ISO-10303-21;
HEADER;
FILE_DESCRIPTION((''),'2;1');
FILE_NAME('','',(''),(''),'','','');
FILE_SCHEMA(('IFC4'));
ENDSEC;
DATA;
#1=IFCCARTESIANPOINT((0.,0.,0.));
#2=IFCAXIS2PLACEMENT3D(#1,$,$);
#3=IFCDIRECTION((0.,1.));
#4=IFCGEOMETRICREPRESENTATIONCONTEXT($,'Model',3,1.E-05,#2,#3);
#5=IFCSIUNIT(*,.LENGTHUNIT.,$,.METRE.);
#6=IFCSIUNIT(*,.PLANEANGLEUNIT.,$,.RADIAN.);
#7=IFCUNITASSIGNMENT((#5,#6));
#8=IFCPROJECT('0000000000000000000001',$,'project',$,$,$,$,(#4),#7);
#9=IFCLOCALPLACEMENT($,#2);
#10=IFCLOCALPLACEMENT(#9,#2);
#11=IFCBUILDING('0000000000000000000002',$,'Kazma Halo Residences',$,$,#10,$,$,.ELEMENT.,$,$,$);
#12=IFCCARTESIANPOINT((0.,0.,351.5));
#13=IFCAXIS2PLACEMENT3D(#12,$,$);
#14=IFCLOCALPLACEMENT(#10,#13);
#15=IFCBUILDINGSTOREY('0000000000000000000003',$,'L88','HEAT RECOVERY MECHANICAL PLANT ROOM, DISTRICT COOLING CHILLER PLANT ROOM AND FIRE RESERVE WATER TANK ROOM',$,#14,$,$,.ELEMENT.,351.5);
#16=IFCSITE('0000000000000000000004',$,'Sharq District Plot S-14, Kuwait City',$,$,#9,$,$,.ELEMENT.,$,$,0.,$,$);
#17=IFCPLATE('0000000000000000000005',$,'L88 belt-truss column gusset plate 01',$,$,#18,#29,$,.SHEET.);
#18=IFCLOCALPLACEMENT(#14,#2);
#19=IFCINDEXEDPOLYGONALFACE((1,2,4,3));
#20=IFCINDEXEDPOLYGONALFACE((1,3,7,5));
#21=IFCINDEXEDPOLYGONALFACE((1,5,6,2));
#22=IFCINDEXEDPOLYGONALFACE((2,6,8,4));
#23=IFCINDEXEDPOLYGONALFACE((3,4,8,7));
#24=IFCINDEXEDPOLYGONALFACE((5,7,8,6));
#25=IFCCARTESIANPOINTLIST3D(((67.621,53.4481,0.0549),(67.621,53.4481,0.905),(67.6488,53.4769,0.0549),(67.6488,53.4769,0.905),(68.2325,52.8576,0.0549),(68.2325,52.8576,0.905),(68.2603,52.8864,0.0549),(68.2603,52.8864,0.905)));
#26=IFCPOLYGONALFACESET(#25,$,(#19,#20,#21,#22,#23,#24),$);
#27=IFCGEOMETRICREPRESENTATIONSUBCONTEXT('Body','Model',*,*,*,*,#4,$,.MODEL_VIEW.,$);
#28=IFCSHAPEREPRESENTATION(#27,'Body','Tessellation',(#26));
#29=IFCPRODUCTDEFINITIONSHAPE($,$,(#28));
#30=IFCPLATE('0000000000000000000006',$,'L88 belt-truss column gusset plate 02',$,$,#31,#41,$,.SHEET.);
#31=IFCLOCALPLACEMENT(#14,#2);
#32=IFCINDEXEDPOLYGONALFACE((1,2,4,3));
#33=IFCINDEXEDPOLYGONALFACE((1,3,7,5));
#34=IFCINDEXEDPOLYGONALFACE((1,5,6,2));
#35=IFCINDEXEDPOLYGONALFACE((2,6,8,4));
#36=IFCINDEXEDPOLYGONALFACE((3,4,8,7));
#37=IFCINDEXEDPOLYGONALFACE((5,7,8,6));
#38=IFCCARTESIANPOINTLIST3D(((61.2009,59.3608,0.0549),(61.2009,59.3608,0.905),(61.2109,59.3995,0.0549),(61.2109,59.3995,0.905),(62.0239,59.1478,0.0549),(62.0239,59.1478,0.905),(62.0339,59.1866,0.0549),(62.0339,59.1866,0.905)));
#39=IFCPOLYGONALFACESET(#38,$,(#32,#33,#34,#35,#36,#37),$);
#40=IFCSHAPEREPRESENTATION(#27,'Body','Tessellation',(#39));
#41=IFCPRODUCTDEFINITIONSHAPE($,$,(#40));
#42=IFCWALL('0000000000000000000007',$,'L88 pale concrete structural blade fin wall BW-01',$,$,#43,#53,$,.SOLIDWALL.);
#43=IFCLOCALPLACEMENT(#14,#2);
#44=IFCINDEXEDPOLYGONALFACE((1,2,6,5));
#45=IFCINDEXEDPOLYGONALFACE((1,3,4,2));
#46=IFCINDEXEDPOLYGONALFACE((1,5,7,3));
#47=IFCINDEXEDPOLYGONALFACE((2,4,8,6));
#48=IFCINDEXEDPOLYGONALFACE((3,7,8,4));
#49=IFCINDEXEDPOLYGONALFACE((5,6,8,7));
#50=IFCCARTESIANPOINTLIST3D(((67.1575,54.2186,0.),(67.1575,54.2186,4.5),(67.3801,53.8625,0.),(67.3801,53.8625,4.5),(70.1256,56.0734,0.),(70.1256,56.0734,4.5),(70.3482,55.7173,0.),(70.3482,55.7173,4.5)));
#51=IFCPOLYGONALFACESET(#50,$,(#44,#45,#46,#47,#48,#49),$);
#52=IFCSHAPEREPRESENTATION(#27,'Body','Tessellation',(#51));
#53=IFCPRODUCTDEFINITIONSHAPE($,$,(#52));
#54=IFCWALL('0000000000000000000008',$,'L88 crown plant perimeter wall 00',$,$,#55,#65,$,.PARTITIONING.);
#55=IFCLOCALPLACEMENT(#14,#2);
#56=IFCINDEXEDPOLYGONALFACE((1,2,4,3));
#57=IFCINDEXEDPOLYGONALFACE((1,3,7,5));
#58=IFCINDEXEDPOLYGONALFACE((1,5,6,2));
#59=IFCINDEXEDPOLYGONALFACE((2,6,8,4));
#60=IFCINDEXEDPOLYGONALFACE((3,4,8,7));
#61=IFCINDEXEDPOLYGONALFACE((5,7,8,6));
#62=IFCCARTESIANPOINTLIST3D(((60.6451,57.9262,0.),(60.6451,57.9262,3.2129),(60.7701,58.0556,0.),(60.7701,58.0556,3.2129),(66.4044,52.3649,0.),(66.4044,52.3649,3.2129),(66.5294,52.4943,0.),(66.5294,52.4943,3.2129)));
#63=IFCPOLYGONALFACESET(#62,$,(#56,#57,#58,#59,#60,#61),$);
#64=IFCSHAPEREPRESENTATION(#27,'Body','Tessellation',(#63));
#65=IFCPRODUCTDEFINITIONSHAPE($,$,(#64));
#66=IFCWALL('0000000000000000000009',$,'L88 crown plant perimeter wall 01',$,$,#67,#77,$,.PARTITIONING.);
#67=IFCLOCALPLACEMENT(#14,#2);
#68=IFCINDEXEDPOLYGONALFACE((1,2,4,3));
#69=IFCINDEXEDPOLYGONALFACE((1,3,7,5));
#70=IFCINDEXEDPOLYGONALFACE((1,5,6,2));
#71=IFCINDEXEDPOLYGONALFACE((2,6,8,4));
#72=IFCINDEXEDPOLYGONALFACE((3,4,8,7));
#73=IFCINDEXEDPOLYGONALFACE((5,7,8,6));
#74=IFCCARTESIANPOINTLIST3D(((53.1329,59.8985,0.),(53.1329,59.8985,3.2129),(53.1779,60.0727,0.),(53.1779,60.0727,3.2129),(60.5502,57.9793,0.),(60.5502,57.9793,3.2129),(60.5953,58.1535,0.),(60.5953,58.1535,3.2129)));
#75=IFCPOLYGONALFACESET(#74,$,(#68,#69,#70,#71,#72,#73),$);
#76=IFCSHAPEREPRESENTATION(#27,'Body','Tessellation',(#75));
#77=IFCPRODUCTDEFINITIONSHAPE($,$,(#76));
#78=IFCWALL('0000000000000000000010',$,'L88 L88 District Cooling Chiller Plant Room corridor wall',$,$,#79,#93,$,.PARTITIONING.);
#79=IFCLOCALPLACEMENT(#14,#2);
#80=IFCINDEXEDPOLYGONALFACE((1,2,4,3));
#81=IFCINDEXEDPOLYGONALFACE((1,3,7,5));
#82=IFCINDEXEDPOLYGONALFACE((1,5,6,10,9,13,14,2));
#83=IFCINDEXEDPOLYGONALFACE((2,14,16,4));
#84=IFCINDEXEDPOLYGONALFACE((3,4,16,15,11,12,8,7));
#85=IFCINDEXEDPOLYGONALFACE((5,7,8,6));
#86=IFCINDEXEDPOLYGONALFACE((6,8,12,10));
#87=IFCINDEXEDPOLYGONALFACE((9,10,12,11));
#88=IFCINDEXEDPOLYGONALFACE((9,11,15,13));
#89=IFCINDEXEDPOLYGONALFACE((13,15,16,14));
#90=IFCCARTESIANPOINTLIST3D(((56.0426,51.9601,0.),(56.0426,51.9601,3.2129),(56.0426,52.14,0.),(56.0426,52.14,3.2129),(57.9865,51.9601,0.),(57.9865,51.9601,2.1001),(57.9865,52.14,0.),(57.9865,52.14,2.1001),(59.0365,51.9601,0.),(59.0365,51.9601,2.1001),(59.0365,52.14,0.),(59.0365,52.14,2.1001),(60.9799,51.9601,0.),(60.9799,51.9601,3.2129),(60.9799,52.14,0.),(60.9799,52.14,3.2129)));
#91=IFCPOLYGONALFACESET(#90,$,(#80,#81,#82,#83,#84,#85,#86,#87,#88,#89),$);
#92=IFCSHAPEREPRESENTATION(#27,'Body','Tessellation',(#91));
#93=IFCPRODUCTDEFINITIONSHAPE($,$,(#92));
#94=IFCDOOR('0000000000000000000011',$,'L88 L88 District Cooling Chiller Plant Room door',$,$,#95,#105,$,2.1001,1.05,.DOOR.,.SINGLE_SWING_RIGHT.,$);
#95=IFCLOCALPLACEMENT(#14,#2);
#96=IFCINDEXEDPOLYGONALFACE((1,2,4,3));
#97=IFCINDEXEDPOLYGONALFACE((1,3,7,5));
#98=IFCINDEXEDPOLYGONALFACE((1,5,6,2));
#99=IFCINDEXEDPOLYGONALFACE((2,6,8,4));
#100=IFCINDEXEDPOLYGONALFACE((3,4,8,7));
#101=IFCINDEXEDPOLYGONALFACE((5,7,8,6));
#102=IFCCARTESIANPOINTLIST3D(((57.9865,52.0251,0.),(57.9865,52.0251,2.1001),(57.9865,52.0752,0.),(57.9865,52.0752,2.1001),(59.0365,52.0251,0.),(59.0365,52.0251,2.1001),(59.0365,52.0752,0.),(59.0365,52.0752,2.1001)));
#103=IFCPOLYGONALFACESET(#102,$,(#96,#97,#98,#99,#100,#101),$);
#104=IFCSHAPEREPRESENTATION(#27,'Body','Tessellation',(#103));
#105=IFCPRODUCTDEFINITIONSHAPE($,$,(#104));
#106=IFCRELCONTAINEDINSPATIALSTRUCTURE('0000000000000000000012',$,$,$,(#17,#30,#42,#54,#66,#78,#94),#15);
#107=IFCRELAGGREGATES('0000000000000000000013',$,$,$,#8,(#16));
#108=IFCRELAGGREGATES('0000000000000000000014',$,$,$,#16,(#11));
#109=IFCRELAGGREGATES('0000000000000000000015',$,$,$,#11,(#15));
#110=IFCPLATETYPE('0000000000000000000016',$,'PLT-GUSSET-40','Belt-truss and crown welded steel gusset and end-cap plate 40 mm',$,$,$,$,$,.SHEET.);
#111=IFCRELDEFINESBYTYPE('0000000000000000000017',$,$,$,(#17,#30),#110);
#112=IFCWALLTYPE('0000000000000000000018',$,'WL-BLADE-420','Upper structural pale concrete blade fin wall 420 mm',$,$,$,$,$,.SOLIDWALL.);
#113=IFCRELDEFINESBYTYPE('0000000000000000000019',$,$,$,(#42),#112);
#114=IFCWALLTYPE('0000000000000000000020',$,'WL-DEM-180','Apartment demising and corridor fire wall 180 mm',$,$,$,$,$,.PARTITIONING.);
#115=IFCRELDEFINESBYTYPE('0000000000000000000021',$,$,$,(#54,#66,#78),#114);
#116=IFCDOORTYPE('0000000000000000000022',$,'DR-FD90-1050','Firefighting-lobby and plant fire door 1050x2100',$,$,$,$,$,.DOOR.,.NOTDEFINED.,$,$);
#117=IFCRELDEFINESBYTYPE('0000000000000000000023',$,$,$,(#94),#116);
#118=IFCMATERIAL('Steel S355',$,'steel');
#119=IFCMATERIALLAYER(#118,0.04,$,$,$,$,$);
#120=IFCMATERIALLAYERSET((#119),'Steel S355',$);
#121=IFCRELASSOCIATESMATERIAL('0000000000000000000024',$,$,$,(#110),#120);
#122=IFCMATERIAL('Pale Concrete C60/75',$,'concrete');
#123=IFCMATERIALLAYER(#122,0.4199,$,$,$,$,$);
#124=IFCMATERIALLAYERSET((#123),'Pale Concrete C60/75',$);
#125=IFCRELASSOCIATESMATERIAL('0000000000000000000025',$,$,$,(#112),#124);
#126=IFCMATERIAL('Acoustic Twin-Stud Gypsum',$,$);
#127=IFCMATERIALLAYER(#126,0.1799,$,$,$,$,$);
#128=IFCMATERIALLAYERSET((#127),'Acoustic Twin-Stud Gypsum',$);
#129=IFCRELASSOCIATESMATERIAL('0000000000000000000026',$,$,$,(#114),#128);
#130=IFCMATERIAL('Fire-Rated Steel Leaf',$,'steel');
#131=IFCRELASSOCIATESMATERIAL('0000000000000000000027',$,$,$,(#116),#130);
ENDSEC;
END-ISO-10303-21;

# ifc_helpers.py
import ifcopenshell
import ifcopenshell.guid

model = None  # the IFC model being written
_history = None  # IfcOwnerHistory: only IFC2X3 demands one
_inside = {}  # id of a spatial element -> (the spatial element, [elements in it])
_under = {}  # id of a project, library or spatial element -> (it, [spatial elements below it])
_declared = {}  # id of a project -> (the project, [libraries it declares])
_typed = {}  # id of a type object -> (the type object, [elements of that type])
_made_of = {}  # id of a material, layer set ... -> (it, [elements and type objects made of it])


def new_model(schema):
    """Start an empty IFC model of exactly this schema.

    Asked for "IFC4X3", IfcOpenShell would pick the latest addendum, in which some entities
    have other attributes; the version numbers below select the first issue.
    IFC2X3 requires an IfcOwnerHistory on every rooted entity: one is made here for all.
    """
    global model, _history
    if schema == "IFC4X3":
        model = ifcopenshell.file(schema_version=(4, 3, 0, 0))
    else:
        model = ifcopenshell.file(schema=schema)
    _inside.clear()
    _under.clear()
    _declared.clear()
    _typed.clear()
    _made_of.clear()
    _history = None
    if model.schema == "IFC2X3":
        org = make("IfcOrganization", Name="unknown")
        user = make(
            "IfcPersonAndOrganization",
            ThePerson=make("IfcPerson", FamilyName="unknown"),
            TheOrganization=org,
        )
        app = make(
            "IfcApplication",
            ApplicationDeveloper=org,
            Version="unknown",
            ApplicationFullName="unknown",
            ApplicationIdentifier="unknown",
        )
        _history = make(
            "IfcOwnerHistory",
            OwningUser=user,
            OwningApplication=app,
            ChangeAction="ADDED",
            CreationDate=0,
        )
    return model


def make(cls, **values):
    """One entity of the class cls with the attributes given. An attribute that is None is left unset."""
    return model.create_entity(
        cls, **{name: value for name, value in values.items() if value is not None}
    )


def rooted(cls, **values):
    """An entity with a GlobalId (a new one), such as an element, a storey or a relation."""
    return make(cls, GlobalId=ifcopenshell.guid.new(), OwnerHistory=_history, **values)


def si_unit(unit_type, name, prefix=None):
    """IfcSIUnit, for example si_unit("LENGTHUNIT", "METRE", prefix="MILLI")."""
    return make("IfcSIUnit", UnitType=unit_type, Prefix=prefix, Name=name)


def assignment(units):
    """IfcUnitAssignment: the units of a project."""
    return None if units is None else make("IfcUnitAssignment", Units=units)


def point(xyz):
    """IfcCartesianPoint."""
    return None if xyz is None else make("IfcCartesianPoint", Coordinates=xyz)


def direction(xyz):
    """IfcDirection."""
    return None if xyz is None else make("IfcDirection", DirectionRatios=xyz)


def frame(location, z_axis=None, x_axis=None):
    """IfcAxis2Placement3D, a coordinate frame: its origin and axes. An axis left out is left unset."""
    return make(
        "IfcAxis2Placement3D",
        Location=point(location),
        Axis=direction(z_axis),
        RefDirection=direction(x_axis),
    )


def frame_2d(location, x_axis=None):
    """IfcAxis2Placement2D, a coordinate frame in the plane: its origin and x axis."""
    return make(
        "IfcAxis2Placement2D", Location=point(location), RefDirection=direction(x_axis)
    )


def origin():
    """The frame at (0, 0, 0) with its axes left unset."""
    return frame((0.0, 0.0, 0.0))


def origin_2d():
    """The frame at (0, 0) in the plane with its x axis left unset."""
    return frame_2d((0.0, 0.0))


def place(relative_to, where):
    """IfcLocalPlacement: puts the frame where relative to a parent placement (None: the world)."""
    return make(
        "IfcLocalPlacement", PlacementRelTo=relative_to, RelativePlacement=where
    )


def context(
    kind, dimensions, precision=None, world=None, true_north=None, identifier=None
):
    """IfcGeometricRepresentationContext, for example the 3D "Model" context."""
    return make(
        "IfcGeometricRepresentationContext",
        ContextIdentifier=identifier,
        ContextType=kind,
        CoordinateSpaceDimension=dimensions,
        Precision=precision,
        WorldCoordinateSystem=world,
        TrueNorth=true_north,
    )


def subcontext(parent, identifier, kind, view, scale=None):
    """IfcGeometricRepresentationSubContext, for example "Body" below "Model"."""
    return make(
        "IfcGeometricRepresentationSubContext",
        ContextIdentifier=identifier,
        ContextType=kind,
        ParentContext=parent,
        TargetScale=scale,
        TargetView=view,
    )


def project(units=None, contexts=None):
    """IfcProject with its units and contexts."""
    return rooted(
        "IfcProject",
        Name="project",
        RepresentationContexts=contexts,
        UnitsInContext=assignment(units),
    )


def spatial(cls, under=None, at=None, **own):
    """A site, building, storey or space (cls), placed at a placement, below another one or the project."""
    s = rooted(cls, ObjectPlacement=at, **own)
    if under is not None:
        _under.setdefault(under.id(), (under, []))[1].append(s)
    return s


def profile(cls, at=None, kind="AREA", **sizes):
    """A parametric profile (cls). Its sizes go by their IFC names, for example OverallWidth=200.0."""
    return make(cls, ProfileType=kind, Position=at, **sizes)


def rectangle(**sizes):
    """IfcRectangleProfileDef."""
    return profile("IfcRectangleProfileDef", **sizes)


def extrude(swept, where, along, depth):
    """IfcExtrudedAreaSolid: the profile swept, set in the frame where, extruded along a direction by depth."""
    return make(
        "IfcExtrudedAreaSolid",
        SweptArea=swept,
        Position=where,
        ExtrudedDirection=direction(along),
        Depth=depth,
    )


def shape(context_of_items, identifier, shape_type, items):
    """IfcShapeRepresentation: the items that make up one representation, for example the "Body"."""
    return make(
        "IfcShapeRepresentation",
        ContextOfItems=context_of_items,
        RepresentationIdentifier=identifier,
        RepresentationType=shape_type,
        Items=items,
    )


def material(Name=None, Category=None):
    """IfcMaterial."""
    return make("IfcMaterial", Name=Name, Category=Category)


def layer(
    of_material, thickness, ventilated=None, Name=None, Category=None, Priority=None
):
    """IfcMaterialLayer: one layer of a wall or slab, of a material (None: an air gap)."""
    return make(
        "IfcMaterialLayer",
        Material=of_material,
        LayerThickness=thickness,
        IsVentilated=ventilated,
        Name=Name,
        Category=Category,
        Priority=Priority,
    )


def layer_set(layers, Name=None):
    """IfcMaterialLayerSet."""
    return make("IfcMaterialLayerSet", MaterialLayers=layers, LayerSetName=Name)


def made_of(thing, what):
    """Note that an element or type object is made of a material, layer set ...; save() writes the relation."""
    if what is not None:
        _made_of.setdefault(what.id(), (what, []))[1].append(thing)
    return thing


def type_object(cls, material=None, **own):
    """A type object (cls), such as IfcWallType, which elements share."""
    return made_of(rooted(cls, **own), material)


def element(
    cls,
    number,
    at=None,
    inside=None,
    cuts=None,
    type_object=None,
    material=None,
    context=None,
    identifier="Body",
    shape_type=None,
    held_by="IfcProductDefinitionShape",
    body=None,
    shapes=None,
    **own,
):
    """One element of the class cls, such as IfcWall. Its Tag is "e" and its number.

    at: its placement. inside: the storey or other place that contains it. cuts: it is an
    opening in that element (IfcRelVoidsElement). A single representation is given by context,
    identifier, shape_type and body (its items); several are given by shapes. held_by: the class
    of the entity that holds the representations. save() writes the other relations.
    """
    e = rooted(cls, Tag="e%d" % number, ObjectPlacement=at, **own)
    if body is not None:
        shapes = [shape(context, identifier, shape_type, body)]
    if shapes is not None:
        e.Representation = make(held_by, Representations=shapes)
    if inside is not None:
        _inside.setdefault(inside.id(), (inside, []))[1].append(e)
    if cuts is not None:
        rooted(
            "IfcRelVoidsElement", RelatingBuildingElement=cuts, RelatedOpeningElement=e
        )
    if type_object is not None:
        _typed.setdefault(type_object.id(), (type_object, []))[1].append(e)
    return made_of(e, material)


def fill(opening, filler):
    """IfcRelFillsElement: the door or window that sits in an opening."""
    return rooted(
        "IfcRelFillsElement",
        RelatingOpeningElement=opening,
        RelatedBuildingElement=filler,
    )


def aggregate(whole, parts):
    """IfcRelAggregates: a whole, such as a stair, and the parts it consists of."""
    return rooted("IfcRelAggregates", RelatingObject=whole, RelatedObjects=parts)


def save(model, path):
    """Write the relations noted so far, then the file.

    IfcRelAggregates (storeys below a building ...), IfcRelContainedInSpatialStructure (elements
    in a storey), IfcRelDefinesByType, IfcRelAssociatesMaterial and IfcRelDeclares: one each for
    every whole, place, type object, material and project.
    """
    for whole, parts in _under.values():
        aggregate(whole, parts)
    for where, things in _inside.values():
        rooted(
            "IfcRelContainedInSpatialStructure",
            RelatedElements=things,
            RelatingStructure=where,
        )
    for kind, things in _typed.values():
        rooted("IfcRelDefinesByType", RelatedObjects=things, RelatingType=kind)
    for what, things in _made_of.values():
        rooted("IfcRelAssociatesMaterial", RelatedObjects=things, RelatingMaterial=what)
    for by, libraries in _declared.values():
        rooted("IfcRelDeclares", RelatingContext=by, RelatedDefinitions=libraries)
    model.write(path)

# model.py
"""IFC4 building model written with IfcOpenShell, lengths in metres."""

from ifc_helpers import new_model, si_unit, direction, frame, frame_2d, origin, origin_2d, place, context, subcontext, project, spatial, rectangle, extrude, material, layer, layer_set, type_object, element, fill, save


model = new_model("IFC4")

# Units and contexts
model_context = context("Model", 3, precision=1e-05, world=origin(), true_north=direction((0.0, 1.0)))
body_context = subcontext(model_context, "Body", "Model", "MODEL_VIEW")
ifc_project = project(units=[si_unit("LENGTHUNIT", "METRE"), si_unit("PLANEANGLEUNIT", "RADIAN")], contexts=[model_context])

# Site, building, storey
site_placement = place(None, origin())
site = spatial("IfcSite", under=ifc_project, at=site_placement, Name="Sharq District Plot S-14, Kuwait City", CompositionType="ELEMENT", RefElevation=0.0)
building_placement = place(site_placement, origin())
building = spatial("IfcBuilding", under=site, at=building_placement, Name="Kazma Halo Residences", CompositionType="ELEMENT")
storey_placement = place(building_placement, frame((0.0, 0.0, 351.5)))
storey = spatial("IfcBuildingStorey", under=building, at=storey_placement, Name="L88", Description="HEAT RECOVERY MECHANICAL PLANT ROOM, DISTRICT COOLING CHILLER PLANT ROOM AND FIRE RESERVE WATER TANK ROOM", CompositionType="ELEMENT", Elevation=351.5)

# Shared definitions
ifc_material_1 = material(Name="Steel S355", Category="steel")

# Plates
ifc_layer_1 = layer(ifc_material_1, 0.04)
ifc_layer_set_1 = layer_set([ifc_layer_1], Name="Steel S355")
plate_type_1 = type_object("IfcPlateType", Name="PLT-GUSSET-40", Description="Belt-truss and crown welded steel gusset and end-cap plate 40 mm", PredefinedType="SHEET", material=ifc_layer_set_1)
for number, where, z_axis, x_axis, name in (
    (1, (67.9407, 53.1672, 0.0549), (0.0, 0.0, 1.0), (-0.719342, 0.694656, 0.0), "L88 belt-truss column gusset plate 01"),
    (2, (61.6174, 59.2737, 0.0549), (0.0, 0.0, 1.0), (-0.968124, 0.25047, 0.0), "L88 belt-truss column gusset plate 02"),
):
    element("IfcPlate", number, at=place(storey_placement, frame(where, z_axis=z_axis, x_axis=x_axis)), inside=storey, type_object=plate_type_1, Name=name, PredefinedType="SHEET", context=body_context, shape_type="SweptSolid", body=[
        extrude(rectangle(XDim=0.8501, YDim=0.04, at=origin_2d()), origin(), (0.0, 0.0, 1.0), 0.8501),
    ])

# Walls
ifc_material_2 = material(Name="Pale Concrete C60/75", Category="concrete")
ifc_layer_2 = layer(ifc_material_2, 0.4199)
ifc_layer_set_2 = layer_set([ifc_layer_2], Name="Pale Concrete C60/75")
wall_type_1 = type_object("IfcWallType", Name="WL-BLADE-420", Description="Upper structural pale concrete blade fin wall 420 mm", PredefinedType="SOLIDWALL", material=ifc_layer_set_2)
wall_1_placement = place(storey_placement, frame((67.2688, 54.0405, 0.0), z_axis=(0.0, 0.0, 1.0), x_axis=(0.848034, 0.529943, 0.0)))
element("IfcWall", 3, at=wall_1_placement, inside=storey, type_object=wall_type_1, Name="L88 pale concrete structural blade fin wall BW-01", PredefinedType="SOLIDWALL", context=body_context, shape_type="SweptSolid", body=[
    extrude(rectangle(XDim=3.5, YDim=0.4199, at=frame_2d((1.75, 0.0))), origin(), (0.0, 0.0, 1.0), 4.5),
])
ifc_material_3 = material(Name="Acoustic Twin-Stud Gypsum")
ifc_layer_3 = layer(ifc_material_3, 0.1799)
ifc_layer_set_3 = layer_set([ifc_layer_3], Name="Acoustic Twin-Stud Gypsum")
wall_type_2 = type_object("IfcWallType", Name="WL-DEM-180", Description="Apartment demising and corridor fire wall 180 mm", PredefinedType="PARTITIONING", material=ifc_layer_set_3)
wall_2_placement = place(storey_placement, frame((66.4668, 52.4297, 0.0), z_axis=(0.0, 0.0, 1.0), x_axis=(-0.719364, 0.694633, 0.0)))
element("IfcWall", 4, at=wall_2_placement, inside=storey, type_object=wall_type_2, Name="L88 crown plant perimeter wall 00", PredefinedType="PARTITIONING", context=body_context, shape_type="SweptSolid", body=[
    extrude(rectangle(XDim=8.0061, YDim=0.1799, at=frame_2d((4.0029, 0.0))), origin(), (0.0, 0.0, 1.0), 3.2129),
])
wall_3_placement = place(storey_placement, frame((60.5728, 58.0664, 0.0), z_axis=(0.0, 0.0, 1.0), x_axis=(-0.968117, 0.250498, 0.0)))
element("IfcWall", 5, at=wall_3_placement, inside=storey, type_object=wall_type_2, Name="L88 crown plant perimeter wall 01", PredefinedType="PARTITIONING", context=body_context, shape_type="SweptSolid", body=[
    extrude(rectangle(XDim=7.6616, YDim=0.1799, at=frame_2d((3.8308, 0.0))), origin(), (0.0, 0.0, 1.0), 3.2129),
])

# Wall, opening, door
wall_4_placement = place(storey_placement, frame((60.98, 52.05, 0.0), z_axis=(0.0, 0.0, 1.0), x_axis=(-1.0, 0.0, 0.0)))
wall_4 = element("IfcWall", 6, at=wall_4_placement, inside=storey, type_object=wall_type_2, Name="L88 L88 District Cooling Chiller Plant Room corridor wall", PredefinedType="PARTITIONING", context=body_context, shape_type="SweptSolid", body=[
    extrude(rectangle(XDim=4.9373, YDim=0.1799, at=frame_2d((2.4688, 0.0))), origin(), (0.0, 0.0, 1.0), 3.2129),
])
opening_placement = place(wall_4_placement, frame((1.9436, 0.0, 0.0)))
opening = element("IfcOpeningElement", 7, at=opening_placement, cuts=wall_4, PredefinedType="OPENING", context=body_context, shape_type="SweptSolid", body=[
    extrude(rectangle(XDim=1.05, YDim=2.1001, at=frame_2d((0.5249, 1.05))), frame((0.0, 0.0999, 0.0), z_axis=(0.0, -1.0, 0.0), x_axis=(1.0, 0.0, 0.0)), (0.0, 0.0, 1.0), 0.2),
])
ifc_material_4 = material(Name="Fire-Rated Steel Leaf", Category="steel")
door_type = type_object("IfcDoorType", Name="DR-FD90-1050", Description="Firefighting-lobby and plant fire door 1050x2100", OperationType="NOTDEFINED", PredefinedType="DOOR", material=ifc_material_4)
door_placement = place(opening_placement, origin())
door = element("IfcDoor", 8, at=door_placement, inside=storey, type_object=door_type, Name="L88 L88 District Cooling Chiller Plant Room door", OperationType="SINGLE_SWING_RIGHT", OverallHeight=2.1001, OverallWidth=1.05, PredefinedType="DOOR", context=body_context, shape_type="SweptSolid", body=[
    extrude(rectangle(XDim=1.05, YDim=2.1001, at=frame_2d((0.5249, 1.05))), frame((0.0, 0.0249, 0.0), z_axis=(0.0, -1.0, 0.0), x_axis=(1.0, 0.0, 0.0)), (0.0, 0.0, 1.0), 0.05),
])
fill(opening, door)

save(model, "model.ifc")
